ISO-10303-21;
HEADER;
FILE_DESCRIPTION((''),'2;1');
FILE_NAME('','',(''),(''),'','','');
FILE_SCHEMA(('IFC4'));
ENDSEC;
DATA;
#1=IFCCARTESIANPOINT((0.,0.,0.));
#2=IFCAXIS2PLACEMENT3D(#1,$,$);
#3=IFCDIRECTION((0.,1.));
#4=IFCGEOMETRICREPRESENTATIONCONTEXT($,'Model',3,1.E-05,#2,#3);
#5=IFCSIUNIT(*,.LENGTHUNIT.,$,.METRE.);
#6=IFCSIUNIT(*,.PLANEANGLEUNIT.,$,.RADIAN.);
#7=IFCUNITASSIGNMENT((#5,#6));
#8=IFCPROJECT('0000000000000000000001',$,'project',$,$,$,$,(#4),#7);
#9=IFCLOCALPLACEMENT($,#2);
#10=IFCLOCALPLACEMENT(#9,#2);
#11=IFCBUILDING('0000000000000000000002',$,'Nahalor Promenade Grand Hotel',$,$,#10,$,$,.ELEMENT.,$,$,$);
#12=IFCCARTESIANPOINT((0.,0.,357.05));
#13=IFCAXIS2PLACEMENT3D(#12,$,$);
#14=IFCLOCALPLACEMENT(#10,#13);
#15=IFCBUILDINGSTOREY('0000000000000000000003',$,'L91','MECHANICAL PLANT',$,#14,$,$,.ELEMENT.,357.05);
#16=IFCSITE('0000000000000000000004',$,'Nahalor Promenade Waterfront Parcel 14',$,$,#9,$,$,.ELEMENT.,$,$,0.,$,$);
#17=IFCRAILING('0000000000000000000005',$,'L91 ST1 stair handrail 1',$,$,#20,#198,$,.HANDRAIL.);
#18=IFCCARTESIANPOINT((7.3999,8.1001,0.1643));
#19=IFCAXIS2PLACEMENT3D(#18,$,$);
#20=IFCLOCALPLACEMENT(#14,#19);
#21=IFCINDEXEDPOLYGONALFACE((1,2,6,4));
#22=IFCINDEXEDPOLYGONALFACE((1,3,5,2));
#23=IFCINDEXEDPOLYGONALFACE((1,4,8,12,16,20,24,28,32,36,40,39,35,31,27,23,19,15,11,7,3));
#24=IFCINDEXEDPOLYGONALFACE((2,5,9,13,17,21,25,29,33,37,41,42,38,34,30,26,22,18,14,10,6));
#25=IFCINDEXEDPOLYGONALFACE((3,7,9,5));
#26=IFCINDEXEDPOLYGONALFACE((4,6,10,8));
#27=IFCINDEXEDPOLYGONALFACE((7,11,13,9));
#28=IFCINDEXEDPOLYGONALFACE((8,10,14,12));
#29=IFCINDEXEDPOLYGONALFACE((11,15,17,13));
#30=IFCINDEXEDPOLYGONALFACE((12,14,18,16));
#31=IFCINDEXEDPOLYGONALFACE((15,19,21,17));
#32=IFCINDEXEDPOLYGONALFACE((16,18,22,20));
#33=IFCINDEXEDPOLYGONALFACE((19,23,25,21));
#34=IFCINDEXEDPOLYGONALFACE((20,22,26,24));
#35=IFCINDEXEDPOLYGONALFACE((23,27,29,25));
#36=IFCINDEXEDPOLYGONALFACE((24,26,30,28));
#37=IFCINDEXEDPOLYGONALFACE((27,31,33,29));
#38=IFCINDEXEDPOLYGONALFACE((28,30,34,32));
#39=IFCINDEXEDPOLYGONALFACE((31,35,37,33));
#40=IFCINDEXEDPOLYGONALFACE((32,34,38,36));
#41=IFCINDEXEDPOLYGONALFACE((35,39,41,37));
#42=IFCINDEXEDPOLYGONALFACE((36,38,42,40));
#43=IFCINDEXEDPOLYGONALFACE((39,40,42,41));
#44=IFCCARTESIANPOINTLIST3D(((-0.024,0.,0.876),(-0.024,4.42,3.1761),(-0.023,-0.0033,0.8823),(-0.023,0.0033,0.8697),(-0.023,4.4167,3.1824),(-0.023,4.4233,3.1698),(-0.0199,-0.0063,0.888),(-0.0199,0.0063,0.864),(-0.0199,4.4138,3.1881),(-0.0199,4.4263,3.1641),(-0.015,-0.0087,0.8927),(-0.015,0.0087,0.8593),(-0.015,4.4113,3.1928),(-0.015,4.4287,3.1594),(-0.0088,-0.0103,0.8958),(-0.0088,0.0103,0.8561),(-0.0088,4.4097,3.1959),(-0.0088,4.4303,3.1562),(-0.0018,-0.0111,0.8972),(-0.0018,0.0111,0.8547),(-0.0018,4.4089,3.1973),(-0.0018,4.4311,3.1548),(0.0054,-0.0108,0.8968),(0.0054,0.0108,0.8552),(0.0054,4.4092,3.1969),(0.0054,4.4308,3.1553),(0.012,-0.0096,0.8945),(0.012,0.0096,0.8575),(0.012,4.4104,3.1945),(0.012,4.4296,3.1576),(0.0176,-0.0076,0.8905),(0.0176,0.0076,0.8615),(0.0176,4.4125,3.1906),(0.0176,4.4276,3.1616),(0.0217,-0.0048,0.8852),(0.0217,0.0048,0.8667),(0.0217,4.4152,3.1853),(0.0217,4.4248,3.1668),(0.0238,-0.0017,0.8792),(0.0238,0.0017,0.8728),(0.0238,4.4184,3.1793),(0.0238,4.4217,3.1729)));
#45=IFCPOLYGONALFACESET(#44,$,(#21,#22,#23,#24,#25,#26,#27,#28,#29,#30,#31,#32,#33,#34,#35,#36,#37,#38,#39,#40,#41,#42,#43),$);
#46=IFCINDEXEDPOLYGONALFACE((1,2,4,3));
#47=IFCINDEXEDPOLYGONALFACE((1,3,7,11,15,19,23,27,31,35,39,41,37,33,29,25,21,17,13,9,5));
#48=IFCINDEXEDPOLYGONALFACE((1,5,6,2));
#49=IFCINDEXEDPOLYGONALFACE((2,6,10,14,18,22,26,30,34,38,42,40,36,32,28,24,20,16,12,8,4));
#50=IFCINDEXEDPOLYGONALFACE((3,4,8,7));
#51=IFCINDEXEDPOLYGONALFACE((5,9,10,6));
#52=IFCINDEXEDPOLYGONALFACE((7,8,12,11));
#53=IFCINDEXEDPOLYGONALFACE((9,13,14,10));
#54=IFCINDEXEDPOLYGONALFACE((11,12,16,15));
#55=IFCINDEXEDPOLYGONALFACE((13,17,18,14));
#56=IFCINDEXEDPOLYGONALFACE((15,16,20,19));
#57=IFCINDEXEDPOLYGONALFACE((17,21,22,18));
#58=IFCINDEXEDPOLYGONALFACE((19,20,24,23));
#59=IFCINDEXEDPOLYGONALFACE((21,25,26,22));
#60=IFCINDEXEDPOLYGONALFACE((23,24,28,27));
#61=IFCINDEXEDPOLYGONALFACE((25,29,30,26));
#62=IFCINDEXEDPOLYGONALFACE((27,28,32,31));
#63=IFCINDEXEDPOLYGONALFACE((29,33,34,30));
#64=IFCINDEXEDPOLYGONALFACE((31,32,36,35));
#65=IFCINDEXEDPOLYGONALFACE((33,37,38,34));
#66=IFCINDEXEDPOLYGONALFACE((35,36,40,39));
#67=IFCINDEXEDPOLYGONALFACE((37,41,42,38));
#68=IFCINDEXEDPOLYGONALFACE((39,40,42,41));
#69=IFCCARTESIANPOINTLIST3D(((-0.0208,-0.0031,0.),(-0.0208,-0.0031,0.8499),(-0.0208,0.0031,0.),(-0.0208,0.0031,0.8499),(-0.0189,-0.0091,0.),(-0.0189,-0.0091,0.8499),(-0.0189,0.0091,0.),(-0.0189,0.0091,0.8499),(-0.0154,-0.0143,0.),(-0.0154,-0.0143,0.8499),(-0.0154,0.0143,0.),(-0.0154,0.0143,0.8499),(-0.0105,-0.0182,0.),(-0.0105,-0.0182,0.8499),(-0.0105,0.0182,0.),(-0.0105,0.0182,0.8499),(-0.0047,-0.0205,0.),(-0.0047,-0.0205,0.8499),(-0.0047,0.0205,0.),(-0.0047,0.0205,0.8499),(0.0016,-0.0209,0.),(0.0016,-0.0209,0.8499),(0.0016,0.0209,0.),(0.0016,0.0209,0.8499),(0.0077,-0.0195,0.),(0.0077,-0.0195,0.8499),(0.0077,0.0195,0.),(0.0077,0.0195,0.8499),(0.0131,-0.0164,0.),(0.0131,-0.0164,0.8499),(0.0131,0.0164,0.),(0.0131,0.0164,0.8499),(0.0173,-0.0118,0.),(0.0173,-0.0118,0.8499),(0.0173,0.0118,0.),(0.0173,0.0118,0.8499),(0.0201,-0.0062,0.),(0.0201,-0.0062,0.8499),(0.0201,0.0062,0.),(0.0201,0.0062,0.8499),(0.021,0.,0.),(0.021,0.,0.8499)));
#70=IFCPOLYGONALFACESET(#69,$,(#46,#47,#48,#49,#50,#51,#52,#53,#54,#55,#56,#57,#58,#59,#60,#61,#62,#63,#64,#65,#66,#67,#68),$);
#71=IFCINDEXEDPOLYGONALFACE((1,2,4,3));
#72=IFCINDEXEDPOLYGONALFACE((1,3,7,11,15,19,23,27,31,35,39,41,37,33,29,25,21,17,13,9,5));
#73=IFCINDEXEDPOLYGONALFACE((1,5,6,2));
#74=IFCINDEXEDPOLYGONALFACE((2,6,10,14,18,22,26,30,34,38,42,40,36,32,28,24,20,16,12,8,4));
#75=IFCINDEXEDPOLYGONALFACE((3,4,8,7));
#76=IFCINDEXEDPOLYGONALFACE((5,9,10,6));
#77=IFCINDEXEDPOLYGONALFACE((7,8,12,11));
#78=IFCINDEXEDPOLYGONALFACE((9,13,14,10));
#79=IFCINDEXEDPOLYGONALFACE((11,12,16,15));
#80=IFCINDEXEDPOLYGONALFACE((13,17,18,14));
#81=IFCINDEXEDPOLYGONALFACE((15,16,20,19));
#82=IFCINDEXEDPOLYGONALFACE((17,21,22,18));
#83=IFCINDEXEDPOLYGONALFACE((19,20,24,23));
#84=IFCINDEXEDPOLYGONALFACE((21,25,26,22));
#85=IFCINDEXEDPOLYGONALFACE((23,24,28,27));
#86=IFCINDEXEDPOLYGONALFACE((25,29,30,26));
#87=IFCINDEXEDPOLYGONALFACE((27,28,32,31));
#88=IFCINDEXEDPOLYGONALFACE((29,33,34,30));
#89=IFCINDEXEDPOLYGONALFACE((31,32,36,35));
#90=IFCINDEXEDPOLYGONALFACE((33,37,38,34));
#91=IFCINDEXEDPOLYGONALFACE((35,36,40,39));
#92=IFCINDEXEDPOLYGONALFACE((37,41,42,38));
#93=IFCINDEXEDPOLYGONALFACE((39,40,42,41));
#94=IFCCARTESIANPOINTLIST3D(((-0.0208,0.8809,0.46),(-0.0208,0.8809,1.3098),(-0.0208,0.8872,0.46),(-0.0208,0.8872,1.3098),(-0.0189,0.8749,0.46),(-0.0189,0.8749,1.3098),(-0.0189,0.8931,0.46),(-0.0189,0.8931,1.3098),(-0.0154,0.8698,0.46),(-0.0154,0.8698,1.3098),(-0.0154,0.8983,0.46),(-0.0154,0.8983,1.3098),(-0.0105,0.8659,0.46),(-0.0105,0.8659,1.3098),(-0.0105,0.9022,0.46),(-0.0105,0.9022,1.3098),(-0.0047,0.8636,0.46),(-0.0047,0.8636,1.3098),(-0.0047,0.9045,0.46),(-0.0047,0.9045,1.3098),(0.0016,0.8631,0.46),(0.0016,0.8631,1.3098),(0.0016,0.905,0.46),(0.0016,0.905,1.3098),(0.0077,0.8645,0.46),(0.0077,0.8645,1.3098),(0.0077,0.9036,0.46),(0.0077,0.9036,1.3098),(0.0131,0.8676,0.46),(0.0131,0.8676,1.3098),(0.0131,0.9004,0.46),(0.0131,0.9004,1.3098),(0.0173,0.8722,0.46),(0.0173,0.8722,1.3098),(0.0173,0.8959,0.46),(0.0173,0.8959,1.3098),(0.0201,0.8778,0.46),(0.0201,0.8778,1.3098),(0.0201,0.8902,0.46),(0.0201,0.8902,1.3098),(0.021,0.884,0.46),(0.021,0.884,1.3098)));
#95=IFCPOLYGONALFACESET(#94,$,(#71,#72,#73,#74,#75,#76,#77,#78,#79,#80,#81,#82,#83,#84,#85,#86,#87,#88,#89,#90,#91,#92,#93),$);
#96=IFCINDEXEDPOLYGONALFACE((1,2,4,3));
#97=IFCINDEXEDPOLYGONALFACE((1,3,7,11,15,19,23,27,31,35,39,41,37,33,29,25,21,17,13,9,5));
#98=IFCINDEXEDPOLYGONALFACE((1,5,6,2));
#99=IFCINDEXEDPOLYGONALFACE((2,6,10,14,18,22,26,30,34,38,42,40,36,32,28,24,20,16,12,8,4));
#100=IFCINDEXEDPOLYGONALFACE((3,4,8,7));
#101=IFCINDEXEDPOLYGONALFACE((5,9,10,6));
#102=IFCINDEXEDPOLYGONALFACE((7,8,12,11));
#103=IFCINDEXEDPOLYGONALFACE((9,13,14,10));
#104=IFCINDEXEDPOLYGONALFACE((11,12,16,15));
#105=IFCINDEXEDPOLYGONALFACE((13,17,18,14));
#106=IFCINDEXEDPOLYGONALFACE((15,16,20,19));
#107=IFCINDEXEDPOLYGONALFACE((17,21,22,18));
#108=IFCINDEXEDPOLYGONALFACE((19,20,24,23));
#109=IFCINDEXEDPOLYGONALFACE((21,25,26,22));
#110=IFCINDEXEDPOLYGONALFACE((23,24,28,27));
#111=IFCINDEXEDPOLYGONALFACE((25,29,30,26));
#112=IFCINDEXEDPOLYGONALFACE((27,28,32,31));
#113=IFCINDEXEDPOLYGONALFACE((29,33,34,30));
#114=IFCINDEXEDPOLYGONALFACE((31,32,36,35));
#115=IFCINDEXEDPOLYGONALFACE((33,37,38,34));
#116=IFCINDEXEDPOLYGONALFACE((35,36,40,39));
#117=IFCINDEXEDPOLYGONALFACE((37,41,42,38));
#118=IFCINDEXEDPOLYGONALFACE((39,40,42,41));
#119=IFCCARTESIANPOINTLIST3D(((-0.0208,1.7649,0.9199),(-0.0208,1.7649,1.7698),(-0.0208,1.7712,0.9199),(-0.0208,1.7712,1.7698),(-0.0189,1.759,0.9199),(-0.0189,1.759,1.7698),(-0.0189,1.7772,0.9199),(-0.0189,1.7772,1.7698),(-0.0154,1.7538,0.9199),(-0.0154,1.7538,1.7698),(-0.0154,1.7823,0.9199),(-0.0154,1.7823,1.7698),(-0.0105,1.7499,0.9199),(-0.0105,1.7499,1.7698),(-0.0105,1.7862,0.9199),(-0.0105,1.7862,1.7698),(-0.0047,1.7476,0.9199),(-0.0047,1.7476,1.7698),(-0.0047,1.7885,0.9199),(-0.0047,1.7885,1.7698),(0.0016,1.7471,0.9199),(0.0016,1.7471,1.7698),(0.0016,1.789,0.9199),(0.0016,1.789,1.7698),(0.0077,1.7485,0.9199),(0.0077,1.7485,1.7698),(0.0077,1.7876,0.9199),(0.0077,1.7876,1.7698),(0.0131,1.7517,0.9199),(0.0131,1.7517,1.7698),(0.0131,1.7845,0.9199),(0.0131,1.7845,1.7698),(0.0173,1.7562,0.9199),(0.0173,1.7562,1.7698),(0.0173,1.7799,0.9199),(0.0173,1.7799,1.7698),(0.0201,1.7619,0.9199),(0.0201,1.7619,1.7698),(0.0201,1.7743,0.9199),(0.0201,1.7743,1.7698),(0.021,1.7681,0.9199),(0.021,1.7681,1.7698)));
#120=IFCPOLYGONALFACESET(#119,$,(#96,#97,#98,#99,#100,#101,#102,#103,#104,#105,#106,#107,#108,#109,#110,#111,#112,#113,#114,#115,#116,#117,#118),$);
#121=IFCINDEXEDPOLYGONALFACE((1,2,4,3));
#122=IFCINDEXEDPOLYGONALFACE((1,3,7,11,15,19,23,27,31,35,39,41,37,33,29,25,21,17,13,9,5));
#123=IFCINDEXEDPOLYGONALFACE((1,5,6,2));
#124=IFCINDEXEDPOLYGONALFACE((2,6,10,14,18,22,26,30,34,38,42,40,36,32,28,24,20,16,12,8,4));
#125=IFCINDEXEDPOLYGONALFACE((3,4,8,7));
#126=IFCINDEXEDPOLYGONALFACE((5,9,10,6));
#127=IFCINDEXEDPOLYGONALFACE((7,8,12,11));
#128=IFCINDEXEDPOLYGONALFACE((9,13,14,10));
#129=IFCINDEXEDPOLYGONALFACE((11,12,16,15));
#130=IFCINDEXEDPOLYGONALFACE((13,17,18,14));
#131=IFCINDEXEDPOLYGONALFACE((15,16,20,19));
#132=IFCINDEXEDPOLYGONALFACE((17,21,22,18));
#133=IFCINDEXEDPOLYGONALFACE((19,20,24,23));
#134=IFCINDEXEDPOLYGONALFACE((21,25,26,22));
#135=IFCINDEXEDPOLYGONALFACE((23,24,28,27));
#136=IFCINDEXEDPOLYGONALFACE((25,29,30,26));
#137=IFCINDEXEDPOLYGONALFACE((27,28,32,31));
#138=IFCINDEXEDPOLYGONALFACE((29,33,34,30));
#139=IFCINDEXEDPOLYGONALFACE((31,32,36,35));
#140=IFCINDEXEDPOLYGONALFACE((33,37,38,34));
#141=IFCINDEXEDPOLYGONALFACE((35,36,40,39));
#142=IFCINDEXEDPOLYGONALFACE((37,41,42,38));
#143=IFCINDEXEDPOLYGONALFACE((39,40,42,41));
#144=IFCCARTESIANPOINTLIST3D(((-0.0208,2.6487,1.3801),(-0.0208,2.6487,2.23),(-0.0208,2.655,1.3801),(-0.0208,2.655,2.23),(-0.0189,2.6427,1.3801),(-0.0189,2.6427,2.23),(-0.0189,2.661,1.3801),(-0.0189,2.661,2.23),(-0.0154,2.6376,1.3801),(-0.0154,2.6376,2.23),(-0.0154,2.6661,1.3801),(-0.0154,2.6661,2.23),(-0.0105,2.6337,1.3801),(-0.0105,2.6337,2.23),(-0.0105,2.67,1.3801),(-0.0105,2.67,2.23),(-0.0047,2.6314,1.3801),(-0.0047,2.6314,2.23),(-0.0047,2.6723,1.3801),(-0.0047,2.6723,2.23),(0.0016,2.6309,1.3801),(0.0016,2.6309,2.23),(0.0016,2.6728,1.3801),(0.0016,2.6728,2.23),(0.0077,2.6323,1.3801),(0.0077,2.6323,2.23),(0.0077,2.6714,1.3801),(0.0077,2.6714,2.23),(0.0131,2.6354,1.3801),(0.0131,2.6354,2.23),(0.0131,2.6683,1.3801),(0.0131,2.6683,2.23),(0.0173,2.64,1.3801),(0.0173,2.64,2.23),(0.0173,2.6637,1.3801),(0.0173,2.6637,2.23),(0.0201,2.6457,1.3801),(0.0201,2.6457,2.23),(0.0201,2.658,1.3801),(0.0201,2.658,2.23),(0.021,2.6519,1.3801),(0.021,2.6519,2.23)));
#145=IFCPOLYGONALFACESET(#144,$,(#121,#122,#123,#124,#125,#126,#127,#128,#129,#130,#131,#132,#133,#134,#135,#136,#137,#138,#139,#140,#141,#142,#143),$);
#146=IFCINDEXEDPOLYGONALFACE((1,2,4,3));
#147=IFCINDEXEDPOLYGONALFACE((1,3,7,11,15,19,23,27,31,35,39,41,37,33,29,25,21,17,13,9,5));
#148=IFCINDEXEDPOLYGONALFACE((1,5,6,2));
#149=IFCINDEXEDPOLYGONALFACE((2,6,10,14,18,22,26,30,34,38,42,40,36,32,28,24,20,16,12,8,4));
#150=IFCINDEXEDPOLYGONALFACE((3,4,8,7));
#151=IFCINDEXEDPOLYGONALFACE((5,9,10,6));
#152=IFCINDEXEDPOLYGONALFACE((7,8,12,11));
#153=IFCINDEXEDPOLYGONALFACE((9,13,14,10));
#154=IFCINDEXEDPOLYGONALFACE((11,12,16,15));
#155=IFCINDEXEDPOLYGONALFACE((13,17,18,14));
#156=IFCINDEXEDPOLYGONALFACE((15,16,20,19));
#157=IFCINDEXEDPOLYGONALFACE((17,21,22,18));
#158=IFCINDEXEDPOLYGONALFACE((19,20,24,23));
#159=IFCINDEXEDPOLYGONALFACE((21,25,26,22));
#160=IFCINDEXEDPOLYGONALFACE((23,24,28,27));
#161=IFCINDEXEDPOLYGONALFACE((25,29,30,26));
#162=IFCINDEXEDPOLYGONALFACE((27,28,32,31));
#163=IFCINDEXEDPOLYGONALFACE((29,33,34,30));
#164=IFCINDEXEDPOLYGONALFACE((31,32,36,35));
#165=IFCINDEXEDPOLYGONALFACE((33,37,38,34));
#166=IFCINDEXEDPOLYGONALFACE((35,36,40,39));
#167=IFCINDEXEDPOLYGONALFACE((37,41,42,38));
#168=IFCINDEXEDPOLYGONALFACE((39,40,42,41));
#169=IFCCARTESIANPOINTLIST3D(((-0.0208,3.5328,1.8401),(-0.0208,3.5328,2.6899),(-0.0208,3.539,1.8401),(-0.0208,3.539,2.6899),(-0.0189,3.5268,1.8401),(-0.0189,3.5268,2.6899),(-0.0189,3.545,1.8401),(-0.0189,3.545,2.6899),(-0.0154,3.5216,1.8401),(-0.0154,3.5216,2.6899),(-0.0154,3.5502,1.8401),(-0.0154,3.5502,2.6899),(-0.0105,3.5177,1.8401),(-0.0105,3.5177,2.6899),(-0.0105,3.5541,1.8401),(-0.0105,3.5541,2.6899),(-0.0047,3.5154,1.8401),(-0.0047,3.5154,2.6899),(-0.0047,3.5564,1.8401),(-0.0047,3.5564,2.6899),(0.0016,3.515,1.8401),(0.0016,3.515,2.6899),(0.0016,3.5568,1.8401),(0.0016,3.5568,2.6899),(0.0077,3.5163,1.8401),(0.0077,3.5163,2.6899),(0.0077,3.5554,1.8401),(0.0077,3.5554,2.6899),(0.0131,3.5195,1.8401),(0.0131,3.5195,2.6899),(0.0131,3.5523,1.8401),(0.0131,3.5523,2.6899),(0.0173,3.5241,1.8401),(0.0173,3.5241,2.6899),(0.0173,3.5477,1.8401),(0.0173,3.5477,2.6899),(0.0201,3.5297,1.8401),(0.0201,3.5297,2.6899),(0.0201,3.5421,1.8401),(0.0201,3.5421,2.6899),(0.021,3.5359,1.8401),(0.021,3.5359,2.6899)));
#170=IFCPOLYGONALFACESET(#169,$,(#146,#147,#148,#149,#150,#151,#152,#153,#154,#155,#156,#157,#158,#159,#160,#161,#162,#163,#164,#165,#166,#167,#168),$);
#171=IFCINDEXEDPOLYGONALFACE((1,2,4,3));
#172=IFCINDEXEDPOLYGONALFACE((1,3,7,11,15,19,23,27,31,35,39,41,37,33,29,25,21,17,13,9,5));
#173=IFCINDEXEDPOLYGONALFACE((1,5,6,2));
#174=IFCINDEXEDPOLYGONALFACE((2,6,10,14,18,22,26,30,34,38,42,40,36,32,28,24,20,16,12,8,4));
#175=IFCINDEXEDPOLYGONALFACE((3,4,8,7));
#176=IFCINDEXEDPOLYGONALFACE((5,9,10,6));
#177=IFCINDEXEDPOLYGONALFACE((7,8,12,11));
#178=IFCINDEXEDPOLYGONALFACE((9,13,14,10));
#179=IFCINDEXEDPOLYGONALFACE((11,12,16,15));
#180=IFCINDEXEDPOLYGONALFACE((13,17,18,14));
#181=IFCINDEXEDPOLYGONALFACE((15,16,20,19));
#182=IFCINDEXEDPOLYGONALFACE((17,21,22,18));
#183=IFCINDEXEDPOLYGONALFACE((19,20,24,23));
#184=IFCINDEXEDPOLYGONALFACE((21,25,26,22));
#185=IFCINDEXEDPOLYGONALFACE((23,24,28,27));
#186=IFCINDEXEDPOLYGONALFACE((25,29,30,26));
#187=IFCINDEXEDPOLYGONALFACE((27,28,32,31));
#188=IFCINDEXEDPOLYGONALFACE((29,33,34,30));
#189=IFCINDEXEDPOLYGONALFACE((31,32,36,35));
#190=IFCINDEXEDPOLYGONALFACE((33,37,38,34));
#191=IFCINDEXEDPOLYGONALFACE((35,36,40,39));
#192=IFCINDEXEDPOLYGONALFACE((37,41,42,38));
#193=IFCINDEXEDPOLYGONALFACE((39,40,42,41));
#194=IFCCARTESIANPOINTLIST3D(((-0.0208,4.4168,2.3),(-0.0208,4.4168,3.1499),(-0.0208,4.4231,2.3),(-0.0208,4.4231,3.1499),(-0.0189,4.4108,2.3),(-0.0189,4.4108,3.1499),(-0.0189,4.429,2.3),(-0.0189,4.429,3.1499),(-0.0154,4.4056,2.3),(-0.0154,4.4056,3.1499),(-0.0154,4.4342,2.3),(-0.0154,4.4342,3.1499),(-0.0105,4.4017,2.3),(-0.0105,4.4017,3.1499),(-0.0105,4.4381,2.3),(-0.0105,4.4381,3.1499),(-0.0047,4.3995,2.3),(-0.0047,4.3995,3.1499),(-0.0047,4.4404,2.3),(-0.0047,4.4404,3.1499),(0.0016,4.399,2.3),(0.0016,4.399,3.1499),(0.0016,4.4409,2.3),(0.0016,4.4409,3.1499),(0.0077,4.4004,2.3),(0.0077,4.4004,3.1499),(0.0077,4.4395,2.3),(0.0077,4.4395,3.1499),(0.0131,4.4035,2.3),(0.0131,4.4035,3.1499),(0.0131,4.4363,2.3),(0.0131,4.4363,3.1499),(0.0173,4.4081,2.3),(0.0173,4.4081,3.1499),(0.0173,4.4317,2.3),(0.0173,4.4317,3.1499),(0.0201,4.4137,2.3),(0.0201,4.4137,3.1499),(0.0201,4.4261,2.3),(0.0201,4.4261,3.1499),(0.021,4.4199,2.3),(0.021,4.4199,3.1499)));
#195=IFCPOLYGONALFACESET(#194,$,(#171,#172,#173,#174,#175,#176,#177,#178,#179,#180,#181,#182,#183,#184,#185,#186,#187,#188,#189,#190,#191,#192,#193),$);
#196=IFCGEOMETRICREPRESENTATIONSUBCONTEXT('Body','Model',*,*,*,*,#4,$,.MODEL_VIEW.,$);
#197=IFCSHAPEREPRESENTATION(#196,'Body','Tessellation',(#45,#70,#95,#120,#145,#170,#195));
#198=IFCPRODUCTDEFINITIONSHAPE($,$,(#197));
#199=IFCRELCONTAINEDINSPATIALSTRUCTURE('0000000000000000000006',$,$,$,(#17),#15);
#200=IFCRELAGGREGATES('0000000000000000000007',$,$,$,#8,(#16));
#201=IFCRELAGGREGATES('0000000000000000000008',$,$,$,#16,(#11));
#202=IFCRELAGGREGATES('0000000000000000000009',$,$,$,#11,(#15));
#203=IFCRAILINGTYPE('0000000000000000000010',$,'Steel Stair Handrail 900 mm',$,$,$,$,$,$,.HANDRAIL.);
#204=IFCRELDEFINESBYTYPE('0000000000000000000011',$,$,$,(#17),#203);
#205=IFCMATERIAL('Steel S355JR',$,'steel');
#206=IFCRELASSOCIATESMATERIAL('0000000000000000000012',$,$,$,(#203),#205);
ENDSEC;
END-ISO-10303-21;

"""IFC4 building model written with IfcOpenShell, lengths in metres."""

from ifc_helpers import new_model, si_unit, direction, frame, origin, origin_2d, place, context, subcontext, project, spatial, circle, extrude, material, type_object, element, save


model = new_model("IFC4")

# Units and contexts
model_context = context("Model", 3, precision=1e-05, world=origin(), true_north=direction((0.0, 1.0)))
body_context = subcontext(model_context, "Body", "Model", "MODEL_VIEW")
ifc_project = project(units=[si_unit("LENGTHUNIT", "METRE"), si_unit("PLANEANGLEUNIT", "RADIAN")], contexts=[model_context])

# Site, building, storey
site_placement = place(None, origin())
site = spatial("IfcSite", under=ifc_project, at=site_placement, Name="Nahalor Promenade Waterfront Parcel 14", CompositionType="ELEMENT", RefElevation=0.0)
building_placement = place(site_placement, origin())
building = spatial("IfcBuilding", under=site, at=building_placement, Name="Nahalor Promenade Grand Hotel", CompositionType="ELEMENT")
storey_placement = place(building_placement, frame((0.0, 0.0, 357.05)))
storey = spatial("IfcBuildingStorey", under=building, at=storey_placement, Name="L91", Description="MECHANICAL PLANT", CompositionType="ELEMENT", Elevation=357.05)

# Shared definitions
ifc_material_1 = material(Name="Steel S355JR", Category="steel")

# Railing
railing_type_1 = type_object("IfcRailingType", Name="Steel Stair Handrail 900 mm", PredefinedType="HANDRAIL", material=ifc_material_1)
railing_1_placement = place(storey_placement, frame((7.3999, 8.1001, 0.1643)))
element("IfcRailing", 1, at=railing_1_placement, inside=storey, type_object=railing_type_1, Name="L91 ST1 stair handrail 1", PredefinedType="HANDRAIL", context=body_context, shape_type="SweptSolid", body=[
    extrude(circle(Radius=0.024, at=origin_2d()), frame((0.0, 0.0, 0.876), z_axis=(0.0, 0.887078, 0.46162), x_axis=(-1.0, 0.0, 0.0)), (0.0, 0.0, 1.0), 4.9827),
    extrude(circle(Radius=0.021, at=origin_2d()), origin(), (0.0, 0.0, 1.0), 0.8499),
    extrude(circle(Radius=0.021, at=origin_2d()), frame((0.0, 0.884, 0.46)), (0.0, 0.0, 1.0), 0.8499),
    extrude(circle(Radius=0.021, at=origin_2d()), frame((0.0, 1.7681, 0.9199)), (0.0, 0.0, 1.0), 0.8499),
    extrude(circle(Radius=0.021, at=origin_2d()), frame((0.0, 2.6519, 1.3801)), (0.0, 0.0, 1.0), 0.8499),
    extrude(circle(Radius=0.021, at=origin_2d()), frame((0.0, 3.5359, 1.8401)), (0.0, 0.0, 1.0), 0.8499),
    extrude(circle(Radius=0.021, at=origin_2d()), frame((0.0, 4.4199, 2.3)), (0.0, 0.0, 1.0), 0.8499),
])

save(model, "model.ifc")
